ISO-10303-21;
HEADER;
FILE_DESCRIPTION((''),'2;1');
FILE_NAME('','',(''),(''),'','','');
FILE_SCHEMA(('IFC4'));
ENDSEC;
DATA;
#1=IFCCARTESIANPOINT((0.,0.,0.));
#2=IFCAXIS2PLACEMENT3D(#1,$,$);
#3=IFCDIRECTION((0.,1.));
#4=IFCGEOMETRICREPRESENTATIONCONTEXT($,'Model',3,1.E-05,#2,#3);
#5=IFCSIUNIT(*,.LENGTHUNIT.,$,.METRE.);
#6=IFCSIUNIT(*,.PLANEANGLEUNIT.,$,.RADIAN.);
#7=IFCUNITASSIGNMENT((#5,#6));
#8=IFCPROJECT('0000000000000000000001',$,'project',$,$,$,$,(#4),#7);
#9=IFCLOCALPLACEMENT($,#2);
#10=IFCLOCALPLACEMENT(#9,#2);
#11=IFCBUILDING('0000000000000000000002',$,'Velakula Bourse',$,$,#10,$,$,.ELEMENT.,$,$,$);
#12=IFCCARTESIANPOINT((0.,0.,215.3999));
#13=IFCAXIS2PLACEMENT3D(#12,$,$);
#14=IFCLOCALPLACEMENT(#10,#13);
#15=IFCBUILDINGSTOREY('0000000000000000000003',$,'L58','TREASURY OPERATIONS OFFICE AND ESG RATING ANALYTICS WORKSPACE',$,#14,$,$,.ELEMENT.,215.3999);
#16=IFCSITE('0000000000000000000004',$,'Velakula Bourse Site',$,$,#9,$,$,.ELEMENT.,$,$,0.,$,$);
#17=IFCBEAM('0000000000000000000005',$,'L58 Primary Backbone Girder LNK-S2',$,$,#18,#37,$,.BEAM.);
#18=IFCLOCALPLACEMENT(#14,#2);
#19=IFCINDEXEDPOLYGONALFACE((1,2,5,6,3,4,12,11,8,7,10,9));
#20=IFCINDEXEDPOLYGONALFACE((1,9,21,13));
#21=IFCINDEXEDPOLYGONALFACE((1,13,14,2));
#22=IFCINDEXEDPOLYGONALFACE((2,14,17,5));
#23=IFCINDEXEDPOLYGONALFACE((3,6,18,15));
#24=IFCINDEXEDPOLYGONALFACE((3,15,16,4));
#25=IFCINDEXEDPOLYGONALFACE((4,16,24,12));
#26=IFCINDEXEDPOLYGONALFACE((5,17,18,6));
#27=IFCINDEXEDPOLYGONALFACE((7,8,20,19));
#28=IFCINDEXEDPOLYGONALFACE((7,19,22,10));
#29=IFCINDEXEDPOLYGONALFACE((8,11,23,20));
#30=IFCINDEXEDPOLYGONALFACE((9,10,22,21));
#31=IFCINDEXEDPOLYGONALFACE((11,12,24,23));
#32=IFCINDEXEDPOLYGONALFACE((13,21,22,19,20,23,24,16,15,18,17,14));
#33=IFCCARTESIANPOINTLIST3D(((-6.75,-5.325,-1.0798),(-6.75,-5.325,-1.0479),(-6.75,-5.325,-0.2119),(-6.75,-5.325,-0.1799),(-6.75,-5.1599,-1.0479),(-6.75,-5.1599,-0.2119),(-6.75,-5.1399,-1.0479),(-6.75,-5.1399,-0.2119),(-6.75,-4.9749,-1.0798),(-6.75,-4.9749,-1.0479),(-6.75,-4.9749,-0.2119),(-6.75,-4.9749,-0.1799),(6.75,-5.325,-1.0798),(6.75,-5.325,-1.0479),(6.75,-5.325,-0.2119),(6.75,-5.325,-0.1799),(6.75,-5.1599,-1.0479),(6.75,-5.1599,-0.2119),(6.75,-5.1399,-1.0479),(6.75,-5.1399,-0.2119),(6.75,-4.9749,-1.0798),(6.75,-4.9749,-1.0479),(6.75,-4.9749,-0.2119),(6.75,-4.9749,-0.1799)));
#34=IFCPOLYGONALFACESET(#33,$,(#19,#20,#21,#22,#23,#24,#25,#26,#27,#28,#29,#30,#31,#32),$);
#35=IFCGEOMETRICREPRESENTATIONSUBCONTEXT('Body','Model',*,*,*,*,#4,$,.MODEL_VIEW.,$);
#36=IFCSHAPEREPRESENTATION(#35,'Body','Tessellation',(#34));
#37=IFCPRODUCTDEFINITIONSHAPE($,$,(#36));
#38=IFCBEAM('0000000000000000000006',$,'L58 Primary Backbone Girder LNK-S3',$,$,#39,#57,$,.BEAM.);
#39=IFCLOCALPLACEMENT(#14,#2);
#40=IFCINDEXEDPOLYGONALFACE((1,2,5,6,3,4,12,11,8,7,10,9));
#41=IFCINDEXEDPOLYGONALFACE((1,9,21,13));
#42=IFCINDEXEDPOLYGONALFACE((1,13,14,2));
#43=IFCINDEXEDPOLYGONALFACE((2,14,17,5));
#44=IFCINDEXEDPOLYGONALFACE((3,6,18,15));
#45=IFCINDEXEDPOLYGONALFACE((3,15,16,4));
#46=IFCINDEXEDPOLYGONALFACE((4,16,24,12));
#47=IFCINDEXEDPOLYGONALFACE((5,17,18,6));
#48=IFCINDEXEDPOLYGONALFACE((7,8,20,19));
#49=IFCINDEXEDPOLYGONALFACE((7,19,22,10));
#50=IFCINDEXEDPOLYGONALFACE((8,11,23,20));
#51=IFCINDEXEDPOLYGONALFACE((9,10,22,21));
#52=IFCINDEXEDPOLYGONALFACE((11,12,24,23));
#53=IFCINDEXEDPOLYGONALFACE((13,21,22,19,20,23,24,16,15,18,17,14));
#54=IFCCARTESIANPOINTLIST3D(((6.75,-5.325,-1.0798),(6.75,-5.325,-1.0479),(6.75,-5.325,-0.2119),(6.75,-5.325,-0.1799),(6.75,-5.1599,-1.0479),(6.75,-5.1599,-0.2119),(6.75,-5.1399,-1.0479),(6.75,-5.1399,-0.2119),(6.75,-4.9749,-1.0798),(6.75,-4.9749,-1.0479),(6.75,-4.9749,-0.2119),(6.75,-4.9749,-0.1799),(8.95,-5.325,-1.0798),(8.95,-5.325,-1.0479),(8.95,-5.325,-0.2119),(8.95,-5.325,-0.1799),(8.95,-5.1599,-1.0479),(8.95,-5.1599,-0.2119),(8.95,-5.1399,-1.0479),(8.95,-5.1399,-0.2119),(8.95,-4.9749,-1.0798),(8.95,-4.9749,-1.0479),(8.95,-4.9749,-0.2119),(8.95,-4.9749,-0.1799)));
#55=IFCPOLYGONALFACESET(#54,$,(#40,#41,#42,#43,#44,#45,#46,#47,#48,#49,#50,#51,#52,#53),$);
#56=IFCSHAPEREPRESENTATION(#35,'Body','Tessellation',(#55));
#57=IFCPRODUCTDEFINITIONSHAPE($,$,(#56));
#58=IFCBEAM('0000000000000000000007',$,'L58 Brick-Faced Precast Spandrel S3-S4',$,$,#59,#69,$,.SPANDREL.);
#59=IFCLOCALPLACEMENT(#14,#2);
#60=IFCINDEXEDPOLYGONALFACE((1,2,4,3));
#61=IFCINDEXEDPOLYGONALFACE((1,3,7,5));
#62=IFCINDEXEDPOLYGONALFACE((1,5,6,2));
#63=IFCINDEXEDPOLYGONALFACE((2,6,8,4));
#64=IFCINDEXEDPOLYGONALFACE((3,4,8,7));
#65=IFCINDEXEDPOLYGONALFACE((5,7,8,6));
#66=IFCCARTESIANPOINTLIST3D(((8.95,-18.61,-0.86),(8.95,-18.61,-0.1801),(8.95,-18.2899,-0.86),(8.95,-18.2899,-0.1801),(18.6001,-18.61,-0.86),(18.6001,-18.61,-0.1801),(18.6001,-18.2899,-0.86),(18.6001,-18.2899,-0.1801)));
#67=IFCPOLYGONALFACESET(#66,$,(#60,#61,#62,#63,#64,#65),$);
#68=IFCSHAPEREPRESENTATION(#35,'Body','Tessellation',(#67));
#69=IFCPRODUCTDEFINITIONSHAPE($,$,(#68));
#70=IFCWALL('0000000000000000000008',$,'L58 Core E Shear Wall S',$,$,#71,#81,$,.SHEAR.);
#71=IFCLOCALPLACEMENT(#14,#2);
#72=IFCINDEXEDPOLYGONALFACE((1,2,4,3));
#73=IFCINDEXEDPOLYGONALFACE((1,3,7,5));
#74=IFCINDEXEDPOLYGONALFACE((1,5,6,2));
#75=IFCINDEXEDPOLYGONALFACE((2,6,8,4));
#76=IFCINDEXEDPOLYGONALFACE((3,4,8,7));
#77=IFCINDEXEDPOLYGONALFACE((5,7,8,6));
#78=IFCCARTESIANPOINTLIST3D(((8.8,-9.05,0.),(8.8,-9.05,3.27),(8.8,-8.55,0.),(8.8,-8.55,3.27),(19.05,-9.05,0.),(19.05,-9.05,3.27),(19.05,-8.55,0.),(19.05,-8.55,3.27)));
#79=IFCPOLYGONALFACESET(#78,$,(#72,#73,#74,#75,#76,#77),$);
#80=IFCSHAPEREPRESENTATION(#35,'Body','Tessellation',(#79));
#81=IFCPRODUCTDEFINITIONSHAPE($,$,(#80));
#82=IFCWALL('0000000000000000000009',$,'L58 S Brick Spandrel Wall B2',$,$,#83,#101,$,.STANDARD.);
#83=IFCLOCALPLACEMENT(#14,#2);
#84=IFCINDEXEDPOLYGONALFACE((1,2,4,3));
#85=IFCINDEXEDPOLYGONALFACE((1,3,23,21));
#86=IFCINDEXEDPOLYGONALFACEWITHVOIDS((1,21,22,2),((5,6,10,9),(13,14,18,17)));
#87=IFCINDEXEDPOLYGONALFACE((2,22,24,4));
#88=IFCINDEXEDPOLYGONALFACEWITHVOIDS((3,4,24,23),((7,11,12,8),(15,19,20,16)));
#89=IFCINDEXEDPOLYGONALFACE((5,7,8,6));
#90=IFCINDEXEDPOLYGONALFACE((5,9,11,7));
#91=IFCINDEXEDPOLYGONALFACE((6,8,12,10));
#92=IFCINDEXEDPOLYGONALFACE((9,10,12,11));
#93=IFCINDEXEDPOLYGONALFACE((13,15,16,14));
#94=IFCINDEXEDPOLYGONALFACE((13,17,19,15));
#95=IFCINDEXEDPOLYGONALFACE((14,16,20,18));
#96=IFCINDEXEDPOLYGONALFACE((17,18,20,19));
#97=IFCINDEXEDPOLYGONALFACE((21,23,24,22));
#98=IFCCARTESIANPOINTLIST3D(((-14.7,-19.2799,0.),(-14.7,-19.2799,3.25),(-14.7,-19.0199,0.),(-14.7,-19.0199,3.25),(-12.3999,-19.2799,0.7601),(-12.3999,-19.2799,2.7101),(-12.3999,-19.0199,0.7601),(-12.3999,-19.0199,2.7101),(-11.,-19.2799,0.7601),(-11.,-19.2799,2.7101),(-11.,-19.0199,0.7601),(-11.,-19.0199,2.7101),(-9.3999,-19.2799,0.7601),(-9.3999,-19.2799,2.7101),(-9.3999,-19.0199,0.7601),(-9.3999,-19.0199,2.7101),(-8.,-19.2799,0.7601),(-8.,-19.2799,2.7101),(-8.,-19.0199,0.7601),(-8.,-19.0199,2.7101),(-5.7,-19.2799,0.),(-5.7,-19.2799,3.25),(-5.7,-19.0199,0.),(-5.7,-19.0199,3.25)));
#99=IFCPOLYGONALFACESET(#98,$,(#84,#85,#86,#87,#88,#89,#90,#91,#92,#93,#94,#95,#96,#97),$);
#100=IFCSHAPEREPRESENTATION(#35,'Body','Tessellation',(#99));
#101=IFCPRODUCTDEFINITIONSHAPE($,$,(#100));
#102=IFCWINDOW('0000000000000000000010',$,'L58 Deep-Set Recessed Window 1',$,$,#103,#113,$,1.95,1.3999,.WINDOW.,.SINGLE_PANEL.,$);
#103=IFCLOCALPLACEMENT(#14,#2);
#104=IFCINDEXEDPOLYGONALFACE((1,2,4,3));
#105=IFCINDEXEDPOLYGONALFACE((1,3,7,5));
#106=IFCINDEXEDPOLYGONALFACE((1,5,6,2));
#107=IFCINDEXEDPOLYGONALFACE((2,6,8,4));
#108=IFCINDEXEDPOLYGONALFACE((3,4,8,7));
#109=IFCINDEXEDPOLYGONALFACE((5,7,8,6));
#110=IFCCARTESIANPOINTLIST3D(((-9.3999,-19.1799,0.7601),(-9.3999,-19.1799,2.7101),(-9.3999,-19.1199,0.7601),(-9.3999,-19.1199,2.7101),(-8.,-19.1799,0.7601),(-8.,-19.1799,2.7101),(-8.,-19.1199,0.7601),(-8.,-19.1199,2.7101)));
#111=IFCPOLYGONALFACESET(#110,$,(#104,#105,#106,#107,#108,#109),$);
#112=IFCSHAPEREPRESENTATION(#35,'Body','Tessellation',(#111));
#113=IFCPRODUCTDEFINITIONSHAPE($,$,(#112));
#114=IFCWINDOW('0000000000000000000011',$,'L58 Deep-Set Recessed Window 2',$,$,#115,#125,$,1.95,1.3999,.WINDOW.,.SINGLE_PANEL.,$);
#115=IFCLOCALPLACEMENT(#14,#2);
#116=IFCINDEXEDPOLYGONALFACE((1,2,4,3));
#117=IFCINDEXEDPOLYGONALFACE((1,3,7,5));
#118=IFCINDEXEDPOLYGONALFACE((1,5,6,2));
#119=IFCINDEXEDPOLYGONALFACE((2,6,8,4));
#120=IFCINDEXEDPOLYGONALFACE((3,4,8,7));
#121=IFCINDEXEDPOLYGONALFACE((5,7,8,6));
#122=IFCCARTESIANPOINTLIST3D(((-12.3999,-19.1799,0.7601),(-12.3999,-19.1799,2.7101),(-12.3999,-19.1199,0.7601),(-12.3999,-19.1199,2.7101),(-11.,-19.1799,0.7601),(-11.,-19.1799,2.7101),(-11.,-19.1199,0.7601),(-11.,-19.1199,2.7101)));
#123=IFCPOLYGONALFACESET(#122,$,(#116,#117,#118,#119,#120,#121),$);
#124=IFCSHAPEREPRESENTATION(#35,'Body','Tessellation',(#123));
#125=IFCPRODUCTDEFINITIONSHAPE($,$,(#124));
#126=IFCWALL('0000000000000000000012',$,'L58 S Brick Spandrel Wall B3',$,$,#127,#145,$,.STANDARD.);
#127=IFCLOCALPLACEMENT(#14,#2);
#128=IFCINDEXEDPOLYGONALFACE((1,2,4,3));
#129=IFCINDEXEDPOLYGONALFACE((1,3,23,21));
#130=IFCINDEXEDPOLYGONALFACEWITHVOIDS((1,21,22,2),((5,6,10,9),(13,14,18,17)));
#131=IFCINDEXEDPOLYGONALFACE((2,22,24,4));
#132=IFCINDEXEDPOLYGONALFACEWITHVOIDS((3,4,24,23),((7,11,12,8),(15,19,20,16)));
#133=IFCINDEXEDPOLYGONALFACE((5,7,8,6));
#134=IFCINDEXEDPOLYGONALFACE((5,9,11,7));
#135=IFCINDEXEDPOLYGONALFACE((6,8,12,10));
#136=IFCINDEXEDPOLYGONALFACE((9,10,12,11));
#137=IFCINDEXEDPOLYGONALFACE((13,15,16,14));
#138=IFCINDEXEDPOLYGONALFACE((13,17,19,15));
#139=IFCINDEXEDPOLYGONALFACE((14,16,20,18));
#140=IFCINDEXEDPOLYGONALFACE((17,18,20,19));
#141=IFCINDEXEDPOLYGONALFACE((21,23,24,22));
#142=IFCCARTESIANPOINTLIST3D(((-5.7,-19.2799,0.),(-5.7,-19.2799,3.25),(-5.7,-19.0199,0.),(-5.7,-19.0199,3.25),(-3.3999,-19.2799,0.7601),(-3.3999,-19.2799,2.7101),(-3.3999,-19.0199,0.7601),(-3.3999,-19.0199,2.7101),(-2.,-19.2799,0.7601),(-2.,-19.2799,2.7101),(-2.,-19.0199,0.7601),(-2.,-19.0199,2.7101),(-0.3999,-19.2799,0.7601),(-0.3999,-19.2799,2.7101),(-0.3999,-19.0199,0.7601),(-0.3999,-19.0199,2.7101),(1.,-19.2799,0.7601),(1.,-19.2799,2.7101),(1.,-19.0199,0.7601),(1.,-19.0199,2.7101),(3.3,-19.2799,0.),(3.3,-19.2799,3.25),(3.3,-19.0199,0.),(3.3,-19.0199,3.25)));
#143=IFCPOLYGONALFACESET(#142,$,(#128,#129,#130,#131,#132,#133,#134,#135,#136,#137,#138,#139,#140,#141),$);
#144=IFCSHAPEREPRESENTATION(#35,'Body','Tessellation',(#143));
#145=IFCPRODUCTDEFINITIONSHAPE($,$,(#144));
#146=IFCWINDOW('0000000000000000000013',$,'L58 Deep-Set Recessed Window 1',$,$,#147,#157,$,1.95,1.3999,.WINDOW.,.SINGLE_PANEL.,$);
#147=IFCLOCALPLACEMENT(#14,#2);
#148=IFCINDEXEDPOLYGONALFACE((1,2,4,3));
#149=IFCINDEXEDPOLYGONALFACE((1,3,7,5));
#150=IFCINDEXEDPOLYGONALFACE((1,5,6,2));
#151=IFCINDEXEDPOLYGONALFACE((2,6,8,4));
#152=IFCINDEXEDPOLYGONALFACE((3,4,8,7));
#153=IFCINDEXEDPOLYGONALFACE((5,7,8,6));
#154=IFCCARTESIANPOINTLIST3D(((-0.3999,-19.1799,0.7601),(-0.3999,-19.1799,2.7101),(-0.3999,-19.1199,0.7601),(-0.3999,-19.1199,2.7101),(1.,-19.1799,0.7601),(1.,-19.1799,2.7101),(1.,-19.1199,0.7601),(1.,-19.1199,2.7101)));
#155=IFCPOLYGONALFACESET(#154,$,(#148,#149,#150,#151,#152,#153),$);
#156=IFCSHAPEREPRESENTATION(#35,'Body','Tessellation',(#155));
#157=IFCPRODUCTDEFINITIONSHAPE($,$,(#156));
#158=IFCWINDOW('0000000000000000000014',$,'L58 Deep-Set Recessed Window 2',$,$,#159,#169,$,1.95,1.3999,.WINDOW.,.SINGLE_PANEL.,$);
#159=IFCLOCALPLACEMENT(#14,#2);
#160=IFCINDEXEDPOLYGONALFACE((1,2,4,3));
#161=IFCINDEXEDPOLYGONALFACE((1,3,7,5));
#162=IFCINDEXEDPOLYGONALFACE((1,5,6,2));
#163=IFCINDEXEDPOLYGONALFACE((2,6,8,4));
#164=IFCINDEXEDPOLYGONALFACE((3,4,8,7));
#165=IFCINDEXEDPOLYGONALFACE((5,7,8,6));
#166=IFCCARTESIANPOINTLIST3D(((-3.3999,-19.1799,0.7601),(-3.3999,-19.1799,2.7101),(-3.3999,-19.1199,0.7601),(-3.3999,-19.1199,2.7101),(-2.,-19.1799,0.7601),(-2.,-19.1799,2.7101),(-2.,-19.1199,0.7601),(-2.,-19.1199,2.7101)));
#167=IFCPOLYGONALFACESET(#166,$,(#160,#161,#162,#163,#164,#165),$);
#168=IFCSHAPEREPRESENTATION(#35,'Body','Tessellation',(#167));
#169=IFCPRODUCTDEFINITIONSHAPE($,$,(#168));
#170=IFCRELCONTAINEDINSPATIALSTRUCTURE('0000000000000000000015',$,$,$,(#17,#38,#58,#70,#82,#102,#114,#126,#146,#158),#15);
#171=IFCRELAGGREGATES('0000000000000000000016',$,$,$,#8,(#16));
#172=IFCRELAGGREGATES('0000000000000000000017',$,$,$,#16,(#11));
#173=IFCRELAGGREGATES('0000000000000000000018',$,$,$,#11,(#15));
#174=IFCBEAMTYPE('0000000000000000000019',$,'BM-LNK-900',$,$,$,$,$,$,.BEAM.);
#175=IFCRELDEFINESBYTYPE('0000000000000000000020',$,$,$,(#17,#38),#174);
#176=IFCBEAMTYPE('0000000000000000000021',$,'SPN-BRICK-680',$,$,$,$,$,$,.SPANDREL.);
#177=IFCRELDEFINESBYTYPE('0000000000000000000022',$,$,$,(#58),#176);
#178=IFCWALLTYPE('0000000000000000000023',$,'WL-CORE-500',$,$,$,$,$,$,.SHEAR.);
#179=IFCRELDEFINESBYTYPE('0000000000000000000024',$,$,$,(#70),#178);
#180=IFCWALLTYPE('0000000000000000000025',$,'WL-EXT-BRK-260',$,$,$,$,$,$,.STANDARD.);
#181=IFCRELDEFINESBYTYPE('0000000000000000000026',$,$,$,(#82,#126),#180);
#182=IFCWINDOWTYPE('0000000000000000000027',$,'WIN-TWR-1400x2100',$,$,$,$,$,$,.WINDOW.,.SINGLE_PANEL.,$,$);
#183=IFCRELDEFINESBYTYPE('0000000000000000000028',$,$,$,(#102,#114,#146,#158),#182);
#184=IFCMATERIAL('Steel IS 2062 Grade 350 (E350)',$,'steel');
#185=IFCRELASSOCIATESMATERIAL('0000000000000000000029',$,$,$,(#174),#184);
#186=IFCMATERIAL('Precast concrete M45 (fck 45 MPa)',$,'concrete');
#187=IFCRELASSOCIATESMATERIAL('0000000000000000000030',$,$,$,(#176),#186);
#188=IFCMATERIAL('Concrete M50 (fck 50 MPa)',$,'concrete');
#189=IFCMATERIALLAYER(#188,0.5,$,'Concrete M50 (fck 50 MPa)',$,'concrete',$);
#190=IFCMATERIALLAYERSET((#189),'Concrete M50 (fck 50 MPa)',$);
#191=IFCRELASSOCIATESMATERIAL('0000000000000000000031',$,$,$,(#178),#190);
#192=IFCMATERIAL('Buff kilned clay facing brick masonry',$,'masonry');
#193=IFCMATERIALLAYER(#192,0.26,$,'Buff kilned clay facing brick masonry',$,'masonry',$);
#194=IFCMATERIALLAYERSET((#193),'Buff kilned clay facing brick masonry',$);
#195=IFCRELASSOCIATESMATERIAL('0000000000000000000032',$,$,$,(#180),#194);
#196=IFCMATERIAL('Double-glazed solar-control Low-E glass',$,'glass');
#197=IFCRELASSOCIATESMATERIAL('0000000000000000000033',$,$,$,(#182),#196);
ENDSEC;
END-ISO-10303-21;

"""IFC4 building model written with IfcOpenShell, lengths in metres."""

from ifc_helpers import new_model, si_unit, direction, frame, frame_2d, origin, origin_2d, place, context, subcontext, project, spatial, rectangle, i_section, extrude, material, layer, layer_set, material_profile, profile_set, type_object, element, fill, save


model = new_model("IFC4")

# Units and contexts
model_context = context("Model", 3, precision=1e-05, world=origin(), true_north=direction((0.0, 1.0)))
body_context = subcontext(model_context, "Body", "Model", "MODEL_VIEW")
ifc_project = project(units=[si_unit("LENGTHUNIT", "METRE"), si_unit("PLANEANGLEUNIT", "RADIAN")], contexts=[model_context])

# Site, building, storey
site_placement = place(None, origin())
site = spatial("IfcSite", under=ifc_project, at=site_placement, Name="Velakula Bourse Site", CompositionType="ELEMENT", RefElevation=0.0)
building_placement = place(site_placement, origin())
building = spatial("IfcBuilding", under=site, at=building_placement, Name="Velakula Bourse", CompositionType="ELEMENT")
storey_placement = place(building_placement, frame((0.0, 0.0, 215.3999)))
storey = spatial("IfcBuildingStorey", under=building, at=storey_placement, Name="L58", Description="TREASURY OPERATIONS OFFICE AND ESG RATING ANALYTICS WORKSPACE", CompositionType="ELEMENT", Elevation=215.3999)

# Shared definitions
ifc_material_1 = material(Name="Concrete M50 (fck 50 MPa)", Category="concrete")
ifc_material_2 = material(Name="Steel IS 2062 Grade 350 (E350)", Category="steel")

# Beams
ifc_material_profile_1 = material_profile(ifc_material_2, i_section(OverallWidth=0.3501, OverallDepth=0.8999, WebThickness=0.02, FlangeThickness=0.032, at=origin_2d()), Name="Steel IS 2062 Grade 350 (E350)")
ifc_profile_set_1 = profile_set([ifc_material_profile_1], Name="Steel IS 2062 Grade 350 (E350)")
beam_type_1 = type_object("IfcBeamType", Name="BM-LNK-900", PredefinedType="BEAM", material=ifc_profile_set_1)
beam_1_placement = place(storey_placement, frame((-6.75, -5.1499, -0.6299), z_axis=(1.0, 0.0, 0.0), x_axis=(0.0, 1.0, 0.0)))
element("IfcBeam", 1, at=beam_1_placement, inside=storey, type_object=beam_type_1, Name="L58 Primary Backbone Girder LNK-S2", PredefinedType="BEAM", context=body_context, shape_type="SweptSolid", body=[
    extrude(i_section(OverallWidth=0.3501, OverallDepth=0.8999, WebThickness=0.02, FlangeThickness=0.032, at=origin_2d()), origin(), (0.0, 0.0, 1.0), 13.5),
])
beam_2_placement = place(storey_placement, frame((6.75, -5.1499, -0.6299), z_axis=(1.0, 0.0, 0.0), x_axis=(0.0, 1.0, 0.0)))
element("IfcBeam", 2, at=beam_2_placement, inside=storey, type_object=beam_type_1, Name="L58 Primary Backbone Girder LNK-S3", PredefinedType="BEAM", context=body_context, shape_type="SweptSolid", body=[
    extrude(i_section(OverallWidth=0.3501, OverallDepth=0.8999, WebThickness=0.02, FlangeThickness=0.032, at=origin_2d()), origin(), (0.0, 0.0, 1.0), 2.2),
])
ifc_material_3 = material(Name="Precast concrete M45 (fck 45 MPa)", Category="concrete")
ifc_material_profile_2 = material_profile(ifc_material_3, rectangle(XDim=0.3201, YDim=0.6799, at=origin_2d()), Name="Precast concrete M45 (fck 45 MPa)")
ifc_profile_set_2 = profile_set([ifc_material_profile_2], Name="Precast concrete M45 (fck 45 MPa)")
beam_type_2 = type_object("IfcBeamType", Name="SPN-BRICK-680", PredefinedType="SPANDREL", material=ifc_profile_set_2)
beam_3_placement = place(storey_placement, frame((8.95, -18.45, -0.52), z_axis=(1.0, 0.0, 0.0), x_axis=(0.0, 1.0, 0.0)))
element("IfcBeam", 3, at=beam_3_placement, inside=storey, type_object=beam_type_2, Name="L58 Brick-Faced Precast Spandrel S3-S4", PredefinedType="SPANDREL", context=body_context, shape_type="SweptSolid", body=[
    extrude(rectangle(XDim=0.3201, YDim=0.6799, at=origin_2d()), origin(), (0.0, 0.0, 1.0), 9.6501),
])

# Wall
ifc_layer_1 = layer(ifc_material_1, 0.5, Name="Concrete M50 (fck 50 MPa)", Category="concrete")
ifc_layer_set_1 = layer_set([ifc_layer_1], Name="Concrete M50 (fck 50 MPa)")
wall_type_1 = type_object("IfcWallType", Name="WL-CORE-500", PredefinedType="SHEAR", material=ifc_layer_set_1)
wall_1_placement = place(storey_placement, frame((8.8, -8.8, 0.0), z_axis=(0.0, 0.0, 1.0), x_axis=(1.0, 0.0, 0.0)))
element("IfcWall", 4, at=wall_1_placement, inside=storey, type_object=wall_type_1, Name="L58 Core E Shear Wall S", PredefinedType="SHEAR", context=body_context, shape_type="SweptSolid", body=[
    extrude(rectangle(XDim=10.25, YDim=0.5, at=frame_2d((5.125, 0.0))), origin(), (0.0, 0.0, 1.0), 3.27),
])

# Walls, openings, windows
ifc_material_4 = material(Name="Buff kilned clay facing brick masonry", Category="masonry")
ifc_layer_2 = layer(ifc_material_4, 0.26, Name="Buff kilned clay facing brick masonry", Category="masonry")
ifc_layer_set_2 = layer_set([ifc_layer_2], Name="Buff kilned clay facing brick masonry")
wall_type_2 = type_object("IfcWallType", Name="WL-EXT-BRK-260", PredefinedType="STANDARD", material=ifc_layer_set_2)
wall_2_placement = place(storey_placement, frame((-5.7, -19.1499, 0.0), z_axis=(0.0, 0.0, 1.0), x_axis=(-1.0, 0.0, 0.0)))
wall_2 = element("IfcWall", 5, at=wall_2_placement, inside=storey, type_object=wall_type_2, Name="L58 S Brick Spandrel Wall B2", PredefinedType="STANDARD", context=body_context, shape_type="SweptSolid", body=[
    extrude(rectangle(XDim=9.0, YDim=0.26, at=frame_2d((4.5, 0.0))), origin(), (0.0, 0.0, 1.0), 3.25),
])
opening_1_placement = place(wall_2_placement, frame((2.3, 0.0, 0.76)))
opening_1 = element("IfcOpeningElement", 6, at=opening_1_placement, cuts=wall_2, PredefinedType="OPENING", context=body_context, shape_type="SweptSolid", body=[
    extrude(rectangle(XDim=1.3999, YDim=1.95, at=frame_2d((0.7, 0.9751))), frame((0.0, 0.1399, 0.0), z_axis=(0.0, -1.0, 0.0), x_axis=(1.0, 0.0, 0.0)), (0.0, 0.0, 1.0), 0.28),
])
opening_2_placement = place(wall_2_placement, frame((5.3, 0.0, 0.76)))
opening_2 = element("IfcOpeningElement", 7, at=opening_2_placement, cuts=wall_2, PredefinedType="OPENING", context=body_context, shape_type="SweptSolid", body=[
    extrude(rectangle(XDim=1.3999, YDim=1.95, at=frame_2d((0.7, 0.9751))), frame((0.0, 0.1399, 0.0), z_axis=(0.0, -1.0, 0.0), x_axis=(1.0, 0.0, 0.0)), (0.0, 0.0, 1.0), 0.28),
])
ifc_material_5 = material(Name="Double-glazed solar-control Low-E glass", Category="glass")
window_type = type_object("IfcWindowType", Name="WIN-TWR-1400x2100", PartitioningType="SINGLE_PANEL", PredefinedType="WINDOW", material=ifc_material_5)
window_1_placement = place(opening_1_placement, origin())
window_1 = element("IfcWindow", 8, at=window_1_placement, inside=storey, type_object=window_type, Name="L58 Deep-Set Recessed Window 1", OverallHeight=1.95, OverallWidth=1.3999, PartitioningType="SINGLE_PANEL", PredefinedType="WINDOW", context=body_context, shape_type="SweptSolid", body=[
    extrude(rectangle(XDim=1.3999, YDim=1.95, at=frame_2d((0.7, 0.9751))), frame((0.0, 0.03, 0.0), z_axis=(0.0, -1.0, 0.0), x_axis=(1.0, 0.0, 0.0)), (0.0, 0.0, 1.0), 0.0601),
])
fill(opening_1, window_1)
window_2_placement = place(opening_2_placement, origin())
window_2 = element("IfcWindow", 9, at=window_2_placement, inside=storey, type_object=window_type, Name="L58 Deep-Set Recessed Window 2", OverallHeight=1.95, OverallWidth=1.3999, PartitioningType="SINGLE_PANEL", PredefinedType="WINDOW", context=body_context, shape_type="SweptSolid", body=[
    extrude(rectangle(XDim=1.3999, YDim=1.95, at=frame_2d((0.7, 0.9751))), frame((0.0, 0.03, 0.0), z_axis=(0.0, -1.0, 0.0), x_axis=(1.0, 0.0, 0.0)), (0.0, 0.0, 1.0), 0.0601),
])
fill(opening_2, window_2)
wall_3_placement = place(storey_placement, frame((3.3, -19.1499, 0.0), z_axis=(0.0, 0.0, 1.0), x_axis=(-1.0, 0.0, 0.0)))
wall_3 = element("IfcWall", 10, at=wall_3_placement, inside=storey, type_object=wall_type_2, Name="L58 S Brick Spandrel Wall B3", PredefinedType="STANDARD", context=body_context, shape_type="SweptSolid", body=[
    extrude(rectangle(XDim=9.0, YDim=0.26, at=frame_2d((4.5, 0.0))), origin(), (0.0, 0.0, 1.0), 3.25),
])
opening_3_placement = place(wall_3_placement, frame((2.3, 0.0, 0.76)))
opening_3 = element("IfcOpeningElement", 11, at=opening_3_placement, cuts=wall_3, PredefinedType="OPENING", context=body_context, shape_type="SweptSolid", body=[
    extrude(rectangle(XDim=1.3999, YDim=1.95, at=frame_2d((0.7, 0.9751))), frame((0.0, 0.1399, 0.0), z_axis=(0.0, -1.0, 0.0), x_axis=(1.0, 0.0, 0.0)), (0.0, 0.0, 1.0), 0.28),
])
opening_4_placement = place(wall_3_placement, frame((5.3, 0.0, 0.76)))
opening_4 = element("IfcOpeningElement", 12, at=opening_4_placement, cuts=wall_3, PredefinedType="OPENING", context=body_context, shape_type="SweptSolid", body=[
    extrude(rectangle(XDim=1.3999, YDim=1.95, at=frame_2d((0.7, 0.9751))), frame((0.0, 0.1399, 0.0), z_axis=(0.0, -1.0, 0.0), x_axis=(1.0, 0.0, 0.0)), (0.0, 0.0, 1.0), 0.28),
])
window_3_placement = place(opening_3_placement, origin())
window_3 = element("IfcWindow", 13, at=window_3_placement, inside=storey, type_object=window_type, Name="L58 Deep-Set Recessed Window 1", OverallHeight=1.95, OverallWidth=1.3999, PartitioningType="SINGLE_PANEL", PredefinedType="WINDOW", context=body_context, shape_type="SweptSolid", body=[
    extrude(rectangle(XDim=1.3999, YDim=1.95, at=frame_2d((0.7, 0.9751))), frame((0.0, 0.03, 0.0), z_axis=(0.0, -1.0, 0.0), x_axis=(1.0, 0.0, 0.0)), (0.0, 0.0, 1.0), 0.0601),
])
fill(opening_3, window_3)
window_4_placement = place(opening_4_placement, origin())
window_4 = element("IfcWindow", 14, at=window_4_placement, inside=storey, type_object=window_type, Name="L58 Deep-Set Recessed Window 2", OverallHeight=1.95, OverallWidth=1.3999, PartitioningType="SINGLE_PANEL", PredefinedType="WINDOW", context=body_context, shape_type="SweptSolid", body=[
    extrude(rectangle(XDim=1.3999, YDim=1.95, at=frame_2d((0.7, 0.9751))), frame((0.0, 0.03, 0.0), z_axis=(0.0, -1.0, 0.0), x_axis=(1.0, 0.0, 0.0)), (0.0, 0.0, 1.0), 0.0601),
])
fill(opening_4, window_4)

save(model, "model.ifc")
